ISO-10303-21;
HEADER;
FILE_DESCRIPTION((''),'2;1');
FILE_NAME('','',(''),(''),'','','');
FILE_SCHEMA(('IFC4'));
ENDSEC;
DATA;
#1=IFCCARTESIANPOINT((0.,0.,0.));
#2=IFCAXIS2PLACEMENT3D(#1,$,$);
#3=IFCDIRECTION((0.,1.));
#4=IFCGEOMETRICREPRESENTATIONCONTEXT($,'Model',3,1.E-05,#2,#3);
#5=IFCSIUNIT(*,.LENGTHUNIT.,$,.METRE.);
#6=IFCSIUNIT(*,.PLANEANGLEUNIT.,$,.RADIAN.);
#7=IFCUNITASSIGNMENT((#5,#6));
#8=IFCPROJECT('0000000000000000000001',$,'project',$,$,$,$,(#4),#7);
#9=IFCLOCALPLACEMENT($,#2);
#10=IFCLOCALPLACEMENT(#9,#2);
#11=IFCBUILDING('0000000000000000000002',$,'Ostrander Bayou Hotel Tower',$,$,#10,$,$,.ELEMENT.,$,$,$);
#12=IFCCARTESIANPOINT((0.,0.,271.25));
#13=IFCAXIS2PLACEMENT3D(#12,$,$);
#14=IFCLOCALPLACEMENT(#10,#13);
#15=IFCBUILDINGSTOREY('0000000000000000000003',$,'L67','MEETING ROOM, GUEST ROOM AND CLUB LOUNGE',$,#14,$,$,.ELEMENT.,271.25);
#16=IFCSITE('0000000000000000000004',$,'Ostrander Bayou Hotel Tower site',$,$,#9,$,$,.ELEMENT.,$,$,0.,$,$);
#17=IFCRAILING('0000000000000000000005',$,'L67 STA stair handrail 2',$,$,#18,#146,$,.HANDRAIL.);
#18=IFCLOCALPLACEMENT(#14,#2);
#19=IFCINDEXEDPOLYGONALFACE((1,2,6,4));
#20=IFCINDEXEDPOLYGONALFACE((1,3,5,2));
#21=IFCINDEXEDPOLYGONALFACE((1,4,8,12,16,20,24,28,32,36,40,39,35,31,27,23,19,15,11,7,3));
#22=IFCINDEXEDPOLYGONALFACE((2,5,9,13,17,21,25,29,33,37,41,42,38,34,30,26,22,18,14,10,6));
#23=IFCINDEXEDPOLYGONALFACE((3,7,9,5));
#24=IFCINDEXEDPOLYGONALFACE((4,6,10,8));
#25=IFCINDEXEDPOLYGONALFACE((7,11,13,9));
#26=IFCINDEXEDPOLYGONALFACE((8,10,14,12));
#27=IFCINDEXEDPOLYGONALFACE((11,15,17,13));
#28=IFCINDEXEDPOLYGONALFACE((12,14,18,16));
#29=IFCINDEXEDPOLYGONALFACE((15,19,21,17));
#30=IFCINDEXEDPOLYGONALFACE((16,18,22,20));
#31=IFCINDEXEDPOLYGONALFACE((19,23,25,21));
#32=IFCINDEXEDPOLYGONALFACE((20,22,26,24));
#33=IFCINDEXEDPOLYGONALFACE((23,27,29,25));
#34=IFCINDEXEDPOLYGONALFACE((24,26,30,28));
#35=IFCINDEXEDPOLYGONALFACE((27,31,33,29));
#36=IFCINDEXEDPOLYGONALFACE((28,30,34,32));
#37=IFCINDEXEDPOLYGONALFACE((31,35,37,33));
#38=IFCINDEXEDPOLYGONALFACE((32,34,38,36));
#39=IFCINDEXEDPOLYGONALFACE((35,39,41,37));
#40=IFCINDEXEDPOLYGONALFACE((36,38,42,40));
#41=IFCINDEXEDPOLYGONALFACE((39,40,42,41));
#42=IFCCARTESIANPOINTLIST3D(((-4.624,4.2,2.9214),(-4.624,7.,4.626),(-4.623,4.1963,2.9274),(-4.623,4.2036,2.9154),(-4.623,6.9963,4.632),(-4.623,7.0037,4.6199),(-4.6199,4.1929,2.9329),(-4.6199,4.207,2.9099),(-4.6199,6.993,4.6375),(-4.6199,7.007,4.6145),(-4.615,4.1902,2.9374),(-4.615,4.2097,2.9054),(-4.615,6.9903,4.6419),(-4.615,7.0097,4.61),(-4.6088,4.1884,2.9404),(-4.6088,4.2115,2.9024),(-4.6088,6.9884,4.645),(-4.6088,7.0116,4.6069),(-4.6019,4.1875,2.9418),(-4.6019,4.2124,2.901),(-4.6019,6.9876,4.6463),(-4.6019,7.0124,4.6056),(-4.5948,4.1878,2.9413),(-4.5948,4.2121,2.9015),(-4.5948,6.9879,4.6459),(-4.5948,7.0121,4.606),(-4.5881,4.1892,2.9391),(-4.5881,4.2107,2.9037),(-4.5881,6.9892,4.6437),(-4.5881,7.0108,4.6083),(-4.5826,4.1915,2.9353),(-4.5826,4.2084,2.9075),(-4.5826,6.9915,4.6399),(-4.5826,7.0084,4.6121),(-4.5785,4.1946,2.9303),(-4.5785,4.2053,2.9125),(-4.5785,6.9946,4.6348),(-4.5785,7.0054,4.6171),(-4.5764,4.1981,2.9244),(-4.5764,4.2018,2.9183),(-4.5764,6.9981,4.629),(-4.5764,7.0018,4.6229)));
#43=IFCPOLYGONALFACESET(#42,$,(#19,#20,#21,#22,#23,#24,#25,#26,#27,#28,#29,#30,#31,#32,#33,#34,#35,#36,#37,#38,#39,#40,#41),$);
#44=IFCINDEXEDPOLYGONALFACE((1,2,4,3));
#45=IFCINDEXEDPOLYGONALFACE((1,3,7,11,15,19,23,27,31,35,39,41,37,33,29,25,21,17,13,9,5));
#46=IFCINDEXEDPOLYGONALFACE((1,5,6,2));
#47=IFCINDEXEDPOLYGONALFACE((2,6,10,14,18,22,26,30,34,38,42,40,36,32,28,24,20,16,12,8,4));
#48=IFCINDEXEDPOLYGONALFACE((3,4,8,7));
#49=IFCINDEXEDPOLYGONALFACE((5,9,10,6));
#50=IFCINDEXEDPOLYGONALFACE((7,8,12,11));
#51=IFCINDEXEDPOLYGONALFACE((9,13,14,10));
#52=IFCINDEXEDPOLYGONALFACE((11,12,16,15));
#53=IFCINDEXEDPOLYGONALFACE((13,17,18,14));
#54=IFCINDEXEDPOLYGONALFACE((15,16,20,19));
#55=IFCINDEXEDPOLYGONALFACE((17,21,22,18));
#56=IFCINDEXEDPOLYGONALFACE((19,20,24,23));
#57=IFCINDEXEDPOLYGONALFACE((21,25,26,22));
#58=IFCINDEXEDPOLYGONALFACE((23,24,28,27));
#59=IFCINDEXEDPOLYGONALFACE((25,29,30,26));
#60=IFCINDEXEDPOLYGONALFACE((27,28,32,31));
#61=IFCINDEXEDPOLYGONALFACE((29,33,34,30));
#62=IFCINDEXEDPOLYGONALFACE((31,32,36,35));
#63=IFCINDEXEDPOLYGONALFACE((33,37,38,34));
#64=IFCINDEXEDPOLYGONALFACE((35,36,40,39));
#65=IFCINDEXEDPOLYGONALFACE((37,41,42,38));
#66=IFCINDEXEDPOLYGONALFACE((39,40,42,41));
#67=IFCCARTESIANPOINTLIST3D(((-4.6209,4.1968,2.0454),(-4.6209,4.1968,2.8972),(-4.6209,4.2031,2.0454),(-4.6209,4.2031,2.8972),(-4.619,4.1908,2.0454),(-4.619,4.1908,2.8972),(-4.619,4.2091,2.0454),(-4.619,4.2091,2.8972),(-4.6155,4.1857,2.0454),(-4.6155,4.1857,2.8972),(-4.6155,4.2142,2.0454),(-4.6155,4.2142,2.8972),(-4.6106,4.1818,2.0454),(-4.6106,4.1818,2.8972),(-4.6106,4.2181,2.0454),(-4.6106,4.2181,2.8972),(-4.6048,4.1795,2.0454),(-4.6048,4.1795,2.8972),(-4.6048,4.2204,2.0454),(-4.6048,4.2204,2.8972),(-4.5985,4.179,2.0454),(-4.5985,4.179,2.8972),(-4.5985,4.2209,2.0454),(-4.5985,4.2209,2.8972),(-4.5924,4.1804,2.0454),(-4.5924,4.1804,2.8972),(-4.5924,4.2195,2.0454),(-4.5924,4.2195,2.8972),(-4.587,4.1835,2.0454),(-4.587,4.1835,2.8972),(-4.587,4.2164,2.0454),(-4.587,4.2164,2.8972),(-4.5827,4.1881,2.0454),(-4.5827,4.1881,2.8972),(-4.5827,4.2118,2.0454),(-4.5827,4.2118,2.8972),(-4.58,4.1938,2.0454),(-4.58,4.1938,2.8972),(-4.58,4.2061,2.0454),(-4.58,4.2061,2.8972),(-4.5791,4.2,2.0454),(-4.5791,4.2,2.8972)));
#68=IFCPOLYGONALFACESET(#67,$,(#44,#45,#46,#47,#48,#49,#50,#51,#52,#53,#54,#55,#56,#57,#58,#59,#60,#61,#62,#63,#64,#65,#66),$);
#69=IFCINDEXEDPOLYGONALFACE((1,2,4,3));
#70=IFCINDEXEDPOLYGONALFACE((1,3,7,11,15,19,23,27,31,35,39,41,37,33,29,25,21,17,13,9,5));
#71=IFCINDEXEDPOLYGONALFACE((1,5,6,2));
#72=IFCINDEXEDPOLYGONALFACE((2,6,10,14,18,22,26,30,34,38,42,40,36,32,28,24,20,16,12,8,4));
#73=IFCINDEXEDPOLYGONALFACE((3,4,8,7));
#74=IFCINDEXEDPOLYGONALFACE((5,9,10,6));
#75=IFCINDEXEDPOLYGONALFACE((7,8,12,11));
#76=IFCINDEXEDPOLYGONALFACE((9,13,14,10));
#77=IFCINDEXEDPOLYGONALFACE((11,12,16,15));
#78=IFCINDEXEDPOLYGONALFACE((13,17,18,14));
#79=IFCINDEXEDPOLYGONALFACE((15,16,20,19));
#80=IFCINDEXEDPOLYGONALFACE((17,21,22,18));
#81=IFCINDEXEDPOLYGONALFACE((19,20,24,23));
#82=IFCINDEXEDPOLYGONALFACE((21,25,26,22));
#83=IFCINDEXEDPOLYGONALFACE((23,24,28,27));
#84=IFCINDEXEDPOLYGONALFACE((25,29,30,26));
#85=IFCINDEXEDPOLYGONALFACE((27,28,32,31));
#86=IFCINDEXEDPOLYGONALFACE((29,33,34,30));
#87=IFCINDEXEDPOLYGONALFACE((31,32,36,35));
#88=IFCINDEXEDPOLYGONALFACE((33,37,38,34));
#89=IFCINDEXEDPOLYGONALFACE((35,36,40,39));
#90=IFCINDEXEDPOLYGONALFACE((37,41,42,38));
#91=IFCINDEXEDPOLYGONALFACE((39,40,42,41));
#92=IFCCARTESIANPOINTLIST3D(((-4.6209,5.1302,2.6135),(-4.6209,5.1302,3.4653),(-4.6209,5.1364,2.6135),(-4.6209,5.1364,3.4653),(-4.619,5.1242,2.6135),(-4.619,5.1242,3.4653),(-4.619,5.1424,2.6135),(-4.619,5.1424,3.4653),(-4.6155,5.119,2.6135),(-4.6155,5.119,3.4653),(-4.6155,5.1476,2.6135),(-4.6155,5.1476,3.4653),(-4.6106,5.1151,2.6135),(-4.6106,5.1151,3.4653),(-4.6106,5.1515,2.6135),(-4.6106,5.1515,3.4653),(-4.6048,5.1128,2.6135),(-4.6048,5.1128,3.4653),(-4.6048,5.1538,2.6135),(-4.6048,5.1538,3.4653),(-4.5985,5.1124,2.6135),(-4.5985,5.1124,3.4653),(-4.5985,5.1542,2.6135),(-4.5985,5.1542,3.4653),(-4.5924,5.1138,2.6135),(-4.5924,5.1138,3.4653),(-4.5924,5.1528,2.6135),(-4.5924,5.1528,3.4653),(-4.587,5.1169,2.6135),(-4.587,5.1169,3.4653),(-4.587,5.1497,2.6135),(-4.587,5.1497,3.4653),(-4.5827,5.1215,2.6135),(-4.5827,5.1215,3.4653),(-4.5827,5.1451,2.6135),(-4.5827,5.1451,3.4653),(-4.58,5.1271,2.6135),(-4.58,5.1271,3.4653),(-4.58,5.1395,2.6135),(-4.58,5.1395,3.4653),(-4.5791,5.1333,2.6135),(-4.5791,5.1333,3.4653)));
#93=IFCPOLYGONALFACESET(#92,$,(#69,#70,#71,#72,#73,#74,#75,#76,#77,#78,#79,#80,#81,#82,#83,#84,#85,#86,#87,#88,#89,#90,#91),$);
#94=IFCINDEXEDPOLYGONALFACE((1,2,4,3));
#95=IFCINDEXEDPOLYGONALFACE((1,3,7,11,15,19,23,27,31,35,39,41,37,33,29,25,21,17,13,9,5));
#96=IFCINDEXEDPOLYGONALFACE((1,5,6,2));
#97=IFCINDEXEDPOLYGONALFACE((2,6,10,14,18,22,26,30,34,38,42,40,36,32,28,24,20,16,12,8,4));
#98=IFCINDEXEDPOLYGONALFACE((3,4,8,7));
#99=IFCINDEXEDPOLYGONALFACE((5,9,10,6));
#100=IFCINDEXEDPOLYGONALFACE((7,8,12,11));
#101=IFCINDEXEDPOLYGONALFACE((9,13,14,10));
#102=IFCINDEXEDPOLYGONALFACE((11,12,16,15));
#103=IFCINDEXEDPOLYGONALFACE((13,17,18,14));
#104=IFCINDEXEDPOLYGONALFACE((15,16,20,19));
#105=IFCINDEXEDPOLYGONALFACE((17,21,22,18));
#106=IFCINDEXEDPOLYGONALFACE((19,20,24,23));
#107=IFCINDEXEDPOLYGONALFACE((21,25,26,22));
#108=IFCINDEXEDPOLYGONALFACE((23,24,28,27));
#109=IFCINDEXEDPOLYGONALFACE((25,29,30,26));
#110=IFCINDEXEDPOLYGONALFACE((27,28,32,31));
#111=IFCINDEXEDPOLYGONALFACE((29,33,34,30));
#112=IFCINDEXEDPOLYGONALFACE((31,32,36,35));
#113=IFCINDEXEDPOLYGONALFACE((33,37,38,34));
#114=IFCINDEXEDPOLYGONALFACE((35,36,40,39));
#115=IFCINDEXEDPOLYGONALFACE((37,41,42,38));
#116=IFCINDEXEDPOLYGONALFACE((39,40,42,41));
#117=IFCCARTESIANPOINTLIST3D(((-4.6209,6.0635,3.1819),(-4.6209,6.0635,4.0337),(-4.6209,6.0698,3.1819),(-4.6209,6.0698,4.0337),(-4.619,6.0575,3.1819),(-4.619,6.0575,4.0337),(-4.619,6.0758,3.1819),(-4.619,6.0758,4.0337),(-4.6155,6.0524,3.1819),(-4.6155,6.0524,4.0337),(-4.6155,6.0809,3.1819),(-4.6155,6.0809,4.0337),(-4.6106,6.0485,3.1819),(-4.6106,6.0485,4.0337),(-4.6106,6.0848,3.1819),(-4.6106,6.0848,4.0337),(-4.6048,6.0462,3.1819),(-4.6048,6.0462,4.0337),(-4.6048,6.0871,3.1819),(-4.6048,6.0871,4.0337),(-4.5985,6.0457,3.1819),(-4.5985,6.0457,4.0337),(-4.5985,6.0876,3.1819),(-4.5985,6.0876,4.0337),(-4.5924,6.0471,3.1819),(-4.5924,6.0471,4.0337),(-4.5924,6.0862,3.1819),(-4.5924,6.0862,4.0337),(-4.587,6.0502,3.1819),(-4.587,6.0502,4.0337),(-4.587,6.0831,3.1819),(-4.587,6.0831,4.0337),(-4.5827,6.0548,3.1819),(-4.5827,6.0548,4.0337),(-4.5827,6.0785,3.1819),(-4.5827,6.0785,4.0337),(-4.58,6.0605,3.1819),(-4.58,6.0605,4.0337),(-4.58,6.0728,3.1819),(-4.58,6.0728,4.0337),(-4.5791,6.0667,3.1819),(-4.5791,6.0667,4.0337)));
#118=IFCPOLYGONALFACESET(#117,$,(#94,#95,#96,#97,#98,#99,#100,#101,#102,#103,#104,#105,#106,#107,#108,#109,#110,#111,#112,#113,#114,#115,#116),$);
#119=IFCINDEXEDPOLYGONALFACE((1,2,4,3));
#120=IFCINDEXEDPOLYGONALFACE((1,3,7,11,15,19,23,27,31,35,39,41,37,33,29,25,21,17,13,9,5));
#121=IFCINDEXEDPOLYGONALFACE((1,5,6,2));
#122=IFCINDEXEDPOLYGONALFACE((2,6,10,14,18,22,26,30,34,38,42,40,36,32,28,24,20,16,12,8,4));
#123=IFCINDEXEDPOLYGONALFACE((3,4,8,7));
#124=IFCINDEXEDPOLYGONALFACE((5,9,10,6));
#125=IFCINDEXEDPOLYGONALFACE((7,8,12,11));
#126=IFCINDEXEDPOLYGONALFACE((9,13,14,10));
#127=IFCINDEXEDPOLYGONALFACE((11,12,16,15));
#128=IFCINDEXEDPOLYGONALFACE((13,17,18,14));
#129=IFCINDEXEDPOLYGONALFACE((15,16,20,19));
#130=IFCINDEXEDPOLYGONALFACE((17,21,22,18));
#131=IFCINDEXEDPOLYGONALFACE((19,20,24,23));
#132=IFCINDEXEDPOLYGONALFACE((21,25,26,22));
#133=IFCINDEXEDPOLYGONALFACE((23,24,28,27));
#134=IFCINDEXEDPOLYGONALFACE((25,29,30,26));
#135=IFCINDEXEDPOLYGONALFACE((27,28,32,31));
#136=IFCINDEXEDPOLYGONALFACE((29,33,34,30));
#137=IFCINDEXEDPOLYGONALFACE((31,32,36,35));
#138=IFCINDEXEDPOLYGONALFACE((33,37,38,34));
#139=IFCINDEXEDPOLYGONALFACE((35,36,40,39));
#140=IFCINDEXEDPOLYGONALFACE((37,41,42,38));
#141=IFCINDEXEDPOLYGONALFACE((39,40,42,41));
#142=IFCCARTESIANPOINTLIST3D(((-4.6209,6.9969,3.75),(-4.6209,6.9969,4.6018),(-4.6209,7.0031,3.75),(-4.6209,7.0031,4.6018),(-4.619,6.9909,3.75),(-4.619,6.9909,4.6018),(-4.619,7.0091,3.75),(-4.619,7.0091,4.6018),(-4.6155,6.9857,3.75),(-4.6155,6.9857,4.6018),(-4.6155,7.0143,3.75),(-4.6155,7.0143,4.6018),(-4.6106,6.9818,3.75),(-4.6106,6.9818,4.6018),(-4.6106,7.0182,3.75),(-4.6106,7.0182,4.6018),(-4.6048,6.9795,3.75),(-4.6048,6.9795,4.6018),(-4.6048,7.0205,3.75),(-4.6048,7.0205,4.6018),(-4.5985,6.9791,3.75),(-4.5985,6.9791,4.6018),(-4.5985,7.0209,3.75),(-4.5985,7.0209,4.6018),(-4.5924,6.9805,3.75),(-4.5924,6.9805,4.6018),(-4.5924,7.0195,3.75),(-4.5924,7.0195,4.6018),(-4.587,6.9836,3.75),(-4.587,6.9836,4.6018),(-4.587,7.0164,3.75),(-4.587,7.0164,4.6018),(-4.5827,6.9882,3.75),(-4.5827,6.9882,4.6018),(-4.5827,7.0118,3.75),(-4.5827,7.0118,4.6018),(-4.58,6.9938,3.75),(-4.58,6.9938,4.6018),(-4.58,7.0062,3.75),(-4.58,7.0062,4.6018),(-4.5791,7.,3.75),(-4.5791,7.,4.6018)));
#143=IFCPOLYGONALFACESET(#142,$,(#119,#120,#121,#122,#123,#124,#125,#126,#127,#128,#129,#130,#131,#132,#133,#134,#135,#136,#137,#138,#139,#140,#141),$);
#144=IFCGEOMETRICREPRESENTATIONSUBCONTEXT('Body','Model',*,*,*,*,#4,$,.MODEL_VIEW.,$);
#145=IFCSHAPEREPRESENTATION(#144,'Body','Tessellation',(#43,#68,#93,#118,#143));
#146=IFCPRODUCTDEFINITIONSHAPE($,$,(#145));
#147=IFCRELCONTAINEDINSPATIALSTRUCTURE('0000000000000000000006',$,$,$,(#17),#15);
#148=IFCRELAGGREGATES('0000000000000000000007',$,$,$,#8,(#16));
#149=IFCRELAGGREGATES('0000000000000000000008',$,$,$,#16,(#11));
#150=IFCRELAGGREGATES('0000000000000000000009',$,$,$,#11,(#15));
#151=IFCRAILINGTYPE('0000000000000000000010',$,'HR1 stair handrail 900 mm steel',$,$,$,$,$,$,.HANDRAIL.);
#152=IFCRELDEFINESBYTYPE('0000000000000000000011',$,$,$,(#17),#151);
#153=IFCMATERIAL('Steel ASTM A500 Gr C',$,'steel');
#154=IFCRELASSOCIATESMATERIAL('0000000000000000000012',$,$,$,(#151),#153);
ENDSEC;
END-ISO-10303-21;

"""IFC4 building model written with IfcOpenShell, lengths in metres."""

from ifc_helpers import new_model, si_unit, direction, frame, origin, origin_2d, place, context, subcontext, project, spatial, circle, extrude, material, type_object, element, save


model = new_model("IFC4")

# Units and contexts
model_context = context("Model", 3, precision=1e-05, world=origin(), true_north=direction((0.0, 1.0)))
body_context = subcontext(model_context, "Body", "Model", "MODEL_VIEW")
ifc_project = project(units=[si_unit("LENGTHUNIT", "METRE"), si_unit("PLANEANGLEUNIT", "RADIAN")], contexts=[model_context])

# Site, building, storey
site_placement = place(None, origin())
site = spatial("IfcSite", under=ifc_project, at=site_placement, Name="Ostrander Bayou Hotel Tower site", CompositionType="ELEMENT", RefElevation=0.0)
building_placement = place(site_placement, origin())
building = spatial("IfcBuilding", under=site, at=building_placement, Name="Ostrander Bayou Hotel Tower", CompositionType="ELEMENT")
storey_placement = place(building_placement, frame((0.0, 0.0, 271.25)))
storey = spatial("IfcBuildingStorey", under=building, at=storey_placement, Name="L67", Description="MEETING ROOM, GUEST ROOM AND CLUB LOUNGE", CompositionType="ELEMENT", Elevation=271.25)

# Railing
ifc_material_1 = material(Name="Steel ASTM A500 Gr C", Category="steel")
railing_type_1 = type_object("IfcRailingType", Name="HR1 stair handrail 900 mm steel", PredefinedType="HANDRAIL", material=ifc_material_1)
railing_1_placement = place(storey_placement, frame((-4.6001, 4.2, 2.0454)))
element("IfcRailing", 1, at=railing_1_placement, inside=storey, type_object=railing_type_1, Name="L67 STA stair handrail 2", PredefinedType="HANDRAIL", context=body_context, shape_type="SweptSolid", body=[
    extrude(circle(Radius=0.0239, at=origin_2d()), frame((0.0, 0.0, 0.876), z_axis=(0.0, 0.85417, 0.519994), x_axis=(-1.0, 0.0, 0.0)), (0.0, 0.0, 1.0), 3.2781),
    extrude(circle(Radius=0.021, at=origin_2d()), origin(), (0.0, 0.0, 1.0), 0.8518),
    extrude(circle(Radius=0.021, at=origin_2d()), frame((0.0, 0.9333, 0.5681)), (0.0, 0.0, 1.0), 0.8518),
    extrude(circle(Radius=0.021, at=origin_2d()), frame((0.0, 1.8667, 1.1365)), (0.0, 0.0, 1.0), 0.8518),
    extrude(circle(Radius=0.021, at=origin_2d()), frame((0.0, 2.8, 1.7046)), (0.0, 0.0, 1.0), 0.8518),
])

save(model, "model.ifc")
